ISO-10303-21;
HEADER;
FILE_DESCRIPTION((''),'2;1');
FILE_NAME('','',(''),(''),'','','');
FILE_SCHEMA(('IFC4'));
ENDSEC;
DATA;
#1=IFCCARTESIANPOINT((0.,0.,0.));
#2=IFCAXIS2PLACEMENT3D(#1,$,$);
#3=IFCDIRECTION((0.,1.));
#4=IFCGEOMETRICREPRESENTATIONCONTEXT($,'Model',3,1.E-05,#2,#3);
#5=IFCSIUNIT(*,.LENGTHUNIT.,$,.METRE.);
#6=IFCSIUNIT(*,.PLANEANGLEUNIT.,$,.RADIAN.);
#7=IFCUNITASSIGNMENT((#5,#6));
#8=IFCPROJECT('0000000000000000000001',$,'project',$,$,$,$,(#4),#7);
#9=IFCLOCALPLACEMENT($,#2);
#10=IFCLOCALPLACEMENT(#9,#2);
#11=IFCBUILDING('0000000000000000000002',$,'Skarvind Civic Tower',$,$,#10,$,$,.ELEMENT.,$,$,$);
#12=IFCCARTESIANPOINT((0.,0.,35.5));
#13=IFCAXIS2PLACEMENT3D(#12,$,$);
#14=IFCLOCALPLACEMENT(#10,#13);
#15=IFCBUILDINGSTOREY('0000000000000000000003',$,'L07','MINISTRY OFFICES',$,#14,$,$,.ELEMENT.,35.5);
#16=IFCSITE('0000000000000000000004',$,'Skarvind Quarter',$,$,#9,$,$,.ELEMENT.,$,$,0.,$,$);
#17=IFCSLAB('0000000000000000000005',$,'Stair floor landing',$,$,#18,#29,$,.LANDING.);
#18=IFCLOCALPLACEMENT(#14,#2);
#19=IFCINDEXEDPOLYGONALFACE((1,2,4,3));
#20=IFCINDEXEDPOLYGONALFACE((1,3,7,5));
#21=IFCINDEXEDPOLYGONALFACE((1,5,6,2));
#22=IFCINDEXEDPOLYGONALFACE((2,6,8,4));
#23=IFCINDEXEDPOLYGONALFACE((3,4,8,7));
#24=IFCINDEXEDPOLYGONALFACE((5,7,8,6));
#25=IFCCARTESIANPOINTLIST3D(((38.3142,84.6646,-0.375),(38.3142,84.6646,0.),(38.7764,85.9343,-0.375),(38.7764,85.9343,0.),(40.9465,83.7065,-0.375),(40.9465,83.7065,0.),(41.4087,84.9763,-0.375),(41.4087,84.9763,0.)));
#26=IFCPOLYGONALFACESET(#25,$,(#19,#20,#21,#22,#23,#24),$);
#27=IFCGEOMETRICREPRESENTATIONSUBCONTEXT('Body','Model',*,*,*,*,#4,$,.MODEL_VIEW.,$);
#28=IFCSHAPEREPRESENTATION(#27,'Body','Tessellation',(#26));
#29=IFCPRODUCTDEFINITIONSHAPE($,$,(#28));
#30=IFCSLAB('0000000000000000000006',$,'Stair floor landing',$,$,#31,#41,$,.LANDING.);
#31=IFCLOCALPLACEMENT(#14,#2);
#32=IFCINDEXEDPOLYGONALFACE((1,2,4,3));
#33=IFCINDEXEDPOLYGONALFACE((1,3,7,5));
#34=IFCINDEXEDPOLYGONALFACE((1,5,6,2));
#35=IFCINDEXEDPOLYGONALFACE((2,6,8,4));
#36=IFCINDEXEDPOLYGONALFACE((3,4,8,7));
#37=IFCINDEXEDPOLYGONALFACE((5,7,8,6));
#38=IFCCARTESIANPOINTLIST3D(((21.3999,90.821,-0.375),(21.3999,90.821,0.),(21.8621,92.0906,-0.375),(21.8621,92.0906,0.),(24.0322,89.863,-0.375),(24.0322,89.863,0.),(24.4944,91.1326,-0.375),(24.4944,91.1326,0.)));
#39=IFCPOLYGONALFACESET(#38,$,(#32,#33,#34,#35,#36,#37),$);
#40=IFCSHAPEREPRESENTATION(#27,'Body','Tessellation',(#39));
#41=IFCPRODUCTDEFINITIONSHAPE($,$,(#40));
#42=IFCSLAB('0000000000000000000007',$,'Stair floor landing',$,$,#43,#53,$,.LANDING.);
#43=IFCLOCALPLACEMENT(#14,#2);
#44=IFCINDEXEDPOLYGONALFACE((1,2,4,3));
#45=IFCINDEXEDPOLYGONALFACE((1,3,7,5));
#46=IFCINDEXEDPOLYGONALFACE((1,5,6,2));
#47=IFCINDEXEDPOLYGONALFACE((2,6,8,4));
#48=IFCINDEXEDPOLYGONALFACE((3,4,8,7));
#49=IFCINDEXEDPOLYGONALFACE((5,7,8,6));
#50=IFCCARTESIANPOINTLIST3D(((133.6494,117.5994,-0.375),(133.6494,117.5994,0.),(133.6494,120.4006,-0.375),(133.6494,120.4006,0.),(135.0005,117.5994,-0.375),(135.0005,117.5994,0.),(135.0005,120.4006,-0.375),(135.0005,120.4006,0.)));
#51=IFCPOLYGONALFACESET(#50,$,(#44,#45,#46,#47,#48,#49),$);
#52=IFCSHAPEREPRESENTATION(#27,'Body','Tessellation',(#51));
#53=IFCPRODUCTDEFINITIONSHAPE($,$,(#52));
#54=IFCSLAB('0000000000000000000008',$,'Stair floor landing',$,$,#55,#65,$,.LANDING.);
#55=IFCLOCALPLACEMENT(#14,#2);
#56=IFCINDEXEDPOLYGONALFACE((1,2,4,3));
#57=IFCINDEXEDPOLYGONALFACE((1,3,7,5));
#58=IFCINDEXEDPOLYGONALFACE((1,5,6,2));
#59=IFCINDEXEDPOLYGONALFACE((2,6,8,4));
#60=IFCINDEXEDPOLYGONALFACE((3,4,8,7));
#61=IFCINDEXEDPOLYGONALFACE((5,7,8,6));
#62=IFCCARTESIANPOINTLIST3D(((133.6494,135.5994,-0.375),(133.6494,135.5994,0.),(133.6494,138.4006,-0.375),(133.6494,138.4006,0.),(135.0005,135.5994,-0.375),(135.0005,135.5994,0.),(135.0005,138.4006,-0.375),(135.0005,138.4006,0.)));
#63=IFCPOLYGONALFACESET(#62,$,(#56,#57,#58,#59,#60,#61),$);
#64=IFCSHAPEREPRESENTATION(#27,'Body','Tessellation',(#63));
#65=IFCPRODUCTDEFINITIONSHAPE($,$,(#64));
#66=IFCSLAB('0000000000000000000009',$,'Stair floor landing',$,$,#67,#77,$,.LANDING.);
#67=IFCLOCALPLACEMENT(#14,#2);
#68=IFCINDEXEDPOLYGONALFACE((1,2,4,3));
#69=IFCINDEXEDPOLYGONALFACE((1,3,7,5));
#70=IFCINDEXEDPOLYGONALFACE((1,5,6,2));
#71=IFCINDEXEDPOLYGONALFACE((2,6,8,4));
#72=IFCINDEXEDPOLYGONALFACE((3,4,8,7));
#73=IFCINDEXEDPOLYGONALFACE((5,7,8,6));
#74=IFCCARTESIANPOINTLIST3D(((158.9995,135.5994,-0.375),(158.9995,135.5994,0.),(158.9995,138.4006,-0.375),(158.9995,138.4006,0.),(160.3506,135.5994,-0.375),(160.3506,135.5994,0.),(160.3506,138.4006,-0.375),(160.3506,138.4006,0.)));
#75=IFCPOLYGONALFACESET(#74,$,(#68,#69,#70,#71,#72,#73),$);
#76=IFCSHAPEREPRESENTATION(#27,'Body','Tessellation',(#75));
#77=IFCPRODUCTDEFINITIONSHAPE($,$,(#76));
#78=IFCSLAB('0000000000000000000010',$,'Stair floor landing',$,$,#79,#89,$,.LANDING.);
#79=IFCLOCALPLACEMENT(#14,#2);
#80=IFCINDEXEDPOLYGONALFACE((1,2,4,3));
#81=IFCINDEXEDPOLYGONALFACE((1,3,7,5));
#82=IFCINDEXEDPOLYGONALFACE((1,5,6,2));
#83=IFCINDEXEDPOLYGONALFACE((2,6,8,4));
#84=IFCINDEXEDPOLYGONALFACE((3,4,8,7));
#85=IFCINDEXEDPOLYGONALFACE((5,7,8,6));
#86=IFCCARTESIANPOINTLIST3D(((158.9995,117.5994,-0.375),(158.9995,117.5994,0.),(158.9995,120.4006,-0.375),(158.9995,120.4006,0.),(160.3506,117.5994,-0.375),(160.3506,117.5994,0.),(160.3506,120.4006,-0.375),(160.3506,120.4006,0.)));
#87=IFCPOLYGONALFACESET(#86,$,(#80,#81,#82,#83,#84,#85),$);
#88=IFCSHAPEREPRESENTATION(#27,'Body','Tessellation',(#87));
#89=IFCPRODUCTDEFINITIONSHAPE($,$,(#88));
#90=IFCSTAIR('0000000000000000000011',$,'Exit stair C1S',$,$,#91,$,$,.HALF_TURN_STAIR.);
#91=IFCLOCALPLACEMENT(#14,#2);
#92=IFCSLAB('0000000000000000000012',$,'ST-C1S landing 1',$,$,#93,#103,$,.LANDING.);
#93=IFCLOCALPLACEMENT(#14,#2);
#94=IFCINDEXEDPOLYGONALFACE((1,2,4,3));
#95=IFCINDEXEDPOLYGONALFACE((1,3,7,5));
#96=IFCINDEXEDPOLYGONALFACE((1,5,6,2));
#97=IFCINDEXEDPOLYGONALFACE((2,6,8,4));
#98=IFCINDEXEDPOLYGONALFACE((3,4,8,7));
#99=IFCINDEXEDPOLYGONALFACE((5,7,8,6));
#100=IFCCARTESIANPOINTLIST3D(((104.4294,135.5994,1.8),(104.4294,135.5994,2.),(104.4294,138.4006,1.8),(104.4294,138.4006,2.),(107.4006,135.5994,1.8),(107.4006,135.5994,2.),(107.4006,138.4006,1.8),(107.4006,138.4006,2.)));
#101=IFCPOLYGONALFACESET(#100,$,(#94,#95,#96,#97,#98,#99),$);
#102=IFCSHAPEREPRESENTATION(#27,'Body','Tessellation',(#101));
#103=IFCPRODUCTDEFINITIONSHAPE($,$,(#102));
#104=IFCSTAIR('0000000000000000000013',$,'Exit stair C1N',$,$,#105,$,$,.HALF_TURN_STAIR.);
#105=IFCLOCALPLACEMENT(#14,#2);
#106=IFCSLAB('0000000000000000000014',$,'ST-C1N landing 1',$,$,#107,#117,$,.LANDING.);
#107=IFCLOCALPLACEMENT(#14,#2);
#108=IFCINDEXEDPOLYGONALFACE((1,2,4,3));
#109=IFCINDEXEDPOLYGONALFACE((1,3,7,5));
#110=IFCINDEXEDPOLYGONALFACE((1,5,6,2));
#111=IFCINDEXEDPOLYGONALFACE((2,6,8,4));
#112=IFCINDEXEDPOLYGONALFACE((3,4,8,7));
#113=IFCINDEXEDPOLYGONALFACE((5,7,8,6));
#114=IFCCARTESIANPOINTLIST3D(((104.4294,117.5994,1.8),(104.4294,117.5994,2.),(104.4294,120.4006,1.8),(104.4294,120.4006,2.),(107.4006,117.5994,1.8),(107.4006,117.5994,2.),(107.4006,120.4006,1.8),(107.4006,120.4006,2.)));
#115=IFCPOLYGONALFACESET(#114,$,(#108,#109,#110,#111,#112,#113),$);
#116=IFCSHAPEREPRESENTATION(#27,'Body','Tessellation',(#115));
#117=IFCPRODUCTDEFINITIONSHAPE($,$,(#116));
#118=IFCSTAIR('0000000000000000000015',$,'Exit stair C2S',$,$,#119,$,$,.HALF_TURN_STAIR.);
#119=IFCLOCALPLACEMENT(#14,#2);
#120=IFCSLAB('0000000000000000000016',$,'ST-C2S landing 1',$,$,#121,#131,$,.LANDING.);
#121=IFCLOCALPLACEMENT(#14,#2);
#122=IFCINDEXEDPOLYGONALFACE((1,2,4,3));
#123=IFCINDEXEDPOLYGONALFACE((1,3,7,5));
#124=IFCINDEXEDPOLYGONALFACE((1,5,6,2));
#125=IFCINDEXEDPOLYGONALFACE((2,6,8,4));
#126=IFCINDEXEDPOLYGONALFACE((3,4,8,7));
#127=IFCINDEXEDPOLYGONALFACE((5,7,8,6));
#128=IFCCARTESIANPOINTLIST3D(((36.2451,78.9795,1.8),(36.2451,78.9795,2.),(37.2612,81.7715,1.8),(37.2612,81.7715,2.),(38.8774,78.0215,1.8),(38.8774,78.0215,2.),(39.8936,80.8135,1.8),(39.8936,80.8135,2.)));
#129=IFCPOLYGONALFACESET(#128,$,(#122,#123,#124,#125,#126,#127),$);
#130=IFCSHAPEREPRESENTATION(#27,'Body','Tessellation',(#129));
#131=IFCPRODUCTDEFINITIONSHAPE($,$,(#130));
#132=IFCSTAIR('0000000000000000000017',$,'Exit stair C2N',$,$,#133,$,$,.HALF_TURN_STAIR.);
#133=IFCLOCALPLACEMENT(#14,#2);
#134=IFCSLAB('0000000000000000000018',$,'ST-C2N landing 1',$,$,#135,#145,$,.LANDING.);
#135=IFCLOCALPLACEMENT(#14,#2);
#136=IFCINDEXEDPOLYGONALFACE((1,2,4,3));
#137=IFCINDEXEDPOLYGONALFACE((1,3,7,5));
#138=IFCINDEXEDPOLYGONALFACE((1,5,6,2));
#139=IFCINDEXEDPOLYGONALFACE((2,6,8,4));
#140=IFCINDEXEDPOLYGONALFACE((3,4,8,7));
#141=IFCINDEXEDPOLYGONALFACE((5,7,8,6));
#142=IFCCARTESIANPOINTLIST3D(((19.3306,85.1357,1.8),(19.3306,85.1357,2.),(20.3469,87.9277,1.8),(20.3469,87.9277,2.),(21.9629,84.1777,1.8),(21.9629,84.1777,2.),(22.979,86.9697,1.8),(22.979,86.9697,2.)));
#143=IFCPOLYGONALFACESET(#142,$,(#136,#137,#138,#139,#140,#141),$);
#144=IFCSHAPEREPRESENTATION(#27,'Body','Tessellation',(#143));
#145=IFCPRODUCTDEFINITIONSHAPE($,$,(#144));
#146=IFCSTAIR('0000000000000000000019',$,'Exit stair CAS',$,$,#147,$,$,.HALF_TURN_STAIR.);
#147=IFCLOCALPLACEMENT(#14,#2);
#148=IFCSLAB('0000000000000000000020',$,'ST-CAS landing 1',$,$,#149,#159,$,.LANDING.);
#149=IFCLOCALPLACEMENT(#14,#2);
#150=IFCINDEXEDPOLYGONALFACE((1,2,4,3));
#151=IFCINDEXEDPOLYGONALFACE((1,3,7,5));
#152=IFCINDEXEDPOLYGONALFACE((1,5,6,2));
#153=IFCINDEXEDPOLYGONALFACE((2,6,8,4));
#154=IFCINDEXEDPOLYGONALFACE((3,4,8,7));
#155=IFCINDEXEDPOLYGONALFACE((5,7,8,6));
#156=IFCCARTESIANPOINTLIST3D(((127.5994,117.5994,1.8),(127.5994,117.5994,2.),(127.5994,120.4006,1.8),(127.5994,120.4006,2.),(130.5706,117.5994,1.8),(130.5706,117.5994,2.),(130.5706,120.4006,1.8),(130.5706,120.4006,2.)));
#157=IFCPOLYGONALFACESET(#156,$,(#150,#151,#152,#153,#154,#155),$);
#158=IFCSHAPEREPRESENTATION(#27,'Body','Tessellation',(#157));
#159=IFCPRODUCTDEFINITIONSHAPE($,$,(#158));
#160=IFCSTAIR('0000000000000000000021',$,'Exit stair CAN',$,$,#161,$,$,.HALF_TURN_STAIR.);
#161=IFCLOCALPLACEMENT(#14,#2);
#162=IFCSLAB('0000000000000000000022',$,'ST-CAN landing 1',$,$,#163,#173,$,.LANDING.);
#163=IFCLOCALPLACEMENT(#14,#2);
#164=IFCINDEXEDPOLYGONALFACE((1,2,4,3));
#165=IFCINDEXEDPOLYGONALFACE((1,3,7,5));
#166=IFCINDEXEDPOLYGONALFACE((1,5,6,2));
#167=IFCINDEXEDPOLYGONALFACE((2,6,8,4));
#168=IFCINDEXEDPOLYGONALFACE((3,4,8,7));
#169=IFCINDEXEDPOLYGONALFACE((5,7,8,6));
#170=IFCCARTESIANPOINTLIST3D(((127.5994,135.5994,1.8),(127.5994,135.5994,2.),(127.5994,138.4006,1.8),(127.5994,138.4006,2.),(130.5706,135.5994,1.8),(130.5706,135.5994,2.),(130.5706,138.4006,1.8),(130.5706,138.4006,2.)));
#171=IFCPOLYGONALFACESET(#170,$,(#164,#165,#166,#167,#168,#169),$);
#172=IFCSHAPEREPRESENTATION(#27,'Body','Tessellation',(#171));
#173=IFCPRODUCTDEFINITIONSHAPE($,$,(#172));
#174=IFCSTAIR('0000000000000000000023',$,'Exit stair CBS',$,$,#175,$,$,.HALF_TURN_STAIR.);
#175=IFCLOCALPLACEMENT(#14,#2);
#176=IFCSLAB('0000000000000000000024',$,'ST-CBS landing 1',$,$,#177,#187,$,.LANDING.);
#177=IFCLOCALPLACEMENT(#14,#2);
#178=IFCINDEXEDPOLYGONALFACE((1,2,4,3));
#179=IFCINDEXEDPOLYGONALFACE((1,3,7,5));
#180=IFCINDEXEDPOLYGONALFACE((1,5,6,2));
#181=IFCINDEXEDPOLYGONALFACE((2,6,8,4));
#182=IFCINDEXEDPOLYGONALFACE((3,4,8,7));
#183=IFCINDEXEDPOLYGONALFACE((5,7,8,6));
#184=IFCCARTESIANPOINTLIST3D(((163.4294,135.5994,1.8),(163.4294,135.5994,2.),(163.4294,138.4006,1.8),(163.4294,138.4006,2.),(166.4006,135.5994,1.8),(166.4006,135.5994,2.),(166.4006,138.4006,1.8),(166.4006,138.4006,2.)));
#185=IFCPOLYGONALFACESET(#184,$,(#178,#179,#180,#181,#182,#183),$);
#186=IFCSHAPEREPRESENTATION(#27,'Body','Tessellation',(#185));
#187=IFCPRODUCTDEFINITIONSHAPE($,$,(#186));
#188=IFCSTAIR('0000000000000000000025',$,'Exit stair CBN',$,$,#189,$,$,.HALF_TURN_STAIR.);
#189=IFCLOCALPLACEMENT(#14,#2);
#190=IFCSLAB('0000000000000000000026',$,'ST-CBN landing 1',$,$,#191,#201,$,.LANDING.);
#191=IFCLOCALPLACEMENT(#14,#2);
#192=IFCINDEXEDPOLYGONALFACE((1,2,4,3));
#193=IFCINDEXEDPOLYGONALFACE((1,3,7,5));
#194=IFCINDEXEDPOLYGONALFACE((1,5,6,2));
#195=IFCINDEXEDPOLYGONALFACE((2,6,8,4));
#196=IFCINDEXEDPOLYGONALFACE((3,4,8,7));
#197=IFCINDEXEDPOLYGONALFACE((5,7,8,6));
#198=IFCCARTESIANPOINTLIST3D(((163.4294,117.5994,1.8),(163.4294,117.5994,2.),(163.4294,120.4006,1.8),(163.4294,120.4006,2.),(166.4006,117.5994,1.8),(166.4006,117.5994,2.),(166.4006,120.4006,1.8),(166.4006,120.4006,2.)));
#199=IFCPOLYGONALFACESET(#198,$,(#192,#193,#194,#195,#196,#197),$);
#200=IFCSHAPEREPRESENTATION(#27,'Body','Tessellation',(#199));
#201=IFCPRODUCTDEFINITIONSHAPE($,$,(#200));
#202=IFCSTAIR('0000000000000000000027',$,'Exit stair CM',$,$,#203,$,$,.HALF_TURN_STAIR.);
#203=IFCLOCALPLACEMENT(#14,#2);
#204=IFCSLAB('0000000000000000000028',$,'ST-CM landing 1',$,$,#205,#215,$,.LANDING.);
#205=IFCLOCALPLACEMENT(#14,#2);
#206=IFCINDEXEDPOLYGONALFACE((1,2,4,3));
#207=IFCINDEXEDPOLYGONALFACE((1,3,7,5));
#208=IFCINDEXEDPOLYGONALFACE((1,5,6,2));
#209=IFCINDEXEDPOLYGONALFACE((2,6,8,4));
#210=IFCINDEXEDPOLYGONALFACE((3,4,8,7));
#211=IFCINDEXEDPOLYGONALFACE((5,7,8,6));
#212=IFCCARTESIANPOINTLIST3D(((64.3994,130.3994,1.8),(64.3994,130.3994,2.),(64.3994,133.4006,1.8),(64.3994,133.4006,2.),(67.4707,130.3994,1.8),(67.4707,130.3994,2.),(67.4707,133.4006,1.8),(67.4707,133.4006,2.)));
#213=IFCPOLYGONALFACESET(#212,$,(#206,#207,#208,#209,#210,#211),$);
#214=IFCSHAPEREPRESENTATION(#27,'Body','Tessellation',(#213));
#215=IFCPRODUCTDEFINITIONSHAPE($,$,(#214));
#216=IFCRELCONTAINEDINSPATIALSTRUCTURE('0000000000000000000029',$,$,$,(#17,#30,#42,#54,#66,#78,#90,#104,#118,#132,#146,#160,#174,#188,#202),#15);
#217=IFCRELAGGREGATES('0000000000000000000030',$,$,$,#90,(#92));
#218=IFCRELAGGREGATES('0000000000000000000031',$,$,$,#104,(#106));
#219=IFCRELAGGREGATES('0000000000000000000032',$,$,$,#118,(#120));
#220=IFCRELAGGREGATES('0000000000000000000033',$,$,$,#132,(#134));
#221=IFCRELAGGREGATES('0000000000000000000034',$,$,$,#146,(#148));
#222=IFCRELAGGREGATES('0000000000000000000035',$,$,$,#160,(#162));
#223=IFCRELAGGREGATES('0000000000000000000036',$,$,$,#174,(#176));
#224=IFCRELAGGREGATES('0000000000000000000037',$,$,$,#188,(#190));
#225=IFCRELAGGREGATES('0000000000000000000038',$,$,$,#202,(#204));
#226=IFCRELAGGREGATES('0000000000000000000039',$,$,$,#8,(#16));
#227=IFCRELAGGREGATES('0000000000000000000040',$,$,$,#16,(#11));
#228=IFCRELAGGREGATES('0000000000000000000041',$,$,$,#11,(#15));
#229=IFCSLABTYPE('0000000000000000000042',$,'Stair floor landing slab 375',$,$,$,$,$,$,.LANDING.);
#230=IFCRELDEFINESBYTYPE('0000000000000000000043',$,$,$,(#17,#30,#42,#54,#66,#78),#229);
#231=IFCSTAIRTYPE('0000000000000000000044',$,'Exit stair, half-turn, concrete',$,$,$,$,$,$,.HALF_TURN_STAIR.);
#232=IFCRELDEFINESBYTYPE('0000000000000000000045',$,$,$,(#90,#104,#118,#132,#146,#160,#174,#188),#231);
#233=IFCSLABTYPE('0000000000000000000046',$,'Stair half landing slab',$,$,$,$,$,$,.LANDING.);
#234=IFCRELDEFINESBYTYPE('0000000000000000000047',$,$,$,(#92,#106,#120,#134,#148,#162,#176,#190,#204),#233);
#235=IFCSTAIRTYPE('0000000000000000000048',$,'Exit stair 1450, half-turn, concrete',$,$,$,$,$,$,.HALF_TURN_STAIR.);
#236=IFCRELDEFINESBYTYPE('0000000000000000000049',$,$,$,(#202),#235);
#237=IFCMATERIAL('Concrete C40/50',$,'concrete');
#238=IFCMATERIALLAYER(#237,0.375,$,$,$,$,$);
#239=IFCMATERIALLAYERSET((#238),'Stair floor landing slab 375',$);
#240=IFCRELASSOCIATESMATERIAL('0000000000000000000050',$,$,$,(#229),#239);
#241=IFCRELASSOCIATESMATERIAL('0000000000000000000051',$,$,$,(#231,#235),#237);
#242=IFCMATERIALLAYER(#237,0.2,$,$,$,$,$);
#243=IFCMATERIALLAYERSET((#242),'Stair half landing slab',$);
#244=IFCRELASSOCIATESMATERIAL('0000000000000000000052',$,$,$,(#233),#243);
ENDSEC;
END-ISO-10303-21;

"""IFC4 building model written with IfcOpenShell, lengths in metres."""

from ifc_helpers import new_model, si_unit, direction, frame, origin, place, context, subcontext, project, spatial, polyline, outline, extrude, material, layer, layer_set, type_object, element, aggregate, save


model = new_model("IFC4")

# Units and contexts
model_context = context("Model", 3, precision=1e-05, world=origin(), true_north=direction((0.0, 1.0)))
body_context = subcontext(model_context, "Body", "Model", "MODEL_VIEW")
ifc_project = project(units=[si_unit("LENGTHUNIT", "METRE"), si_unit("PLANEANGLEUNIT", "RADIAN")], contexts=[model_context])

# Site, building, storey
site_placement = place(None, origin())
site = spatial("IfcSite", under=ifc_project, at=site_placement, Name="Skarvind Quarter", CompositionType="ELEMENT", RefElevation=0.0)
building_placement = place(site_placement, origin())
building = spatial("IfcBuilding", under=site, at=building_placement, Name="Skarvind Civic Tower", CompositionType="ELEMENT")
storey_placement = place(building_placement, frame((0.0, 0.0, 35.5)))
storey = spatial("IfcBuildingStorey", under=building, at=storey_placement, Name="L07", Description="MINISTRY OFFICES", CompositionType="ELEMENT", Elevation=35.5)

# Slabs
ifc_material_1 = material(Name="Concrete C40/50", Category="concrete")
ifc_layer_1 = layer(ifc_material_1, 0.375)
ifc_layer_set_1 = layer_set([ifc_layer_1], Name="Stair floor landing slab 375")
slab_type_1 = type_object("IfcSlabType", Name="Stair floor landing slab 375", PredefinedType="LANDING", material=ifc_layer_set_1)
slab_1_placement = place(storey_placement, frame((0.0, 0.0, -0.375)))
element("IfcSlab", 1, at=slab_1_placement, inside=storey, type_object=slab_type_1, Name="Stair floor landing", PredefinedType="LANDING", context=body_context, shape_type="SweptSolid", body=[
    extrude(outline(polyline([(40.9465, 83.7065), (38.3142, 84.6646), (38.7764, 85.9343), (41.4087, 84.9763), (40.9465, 83.7065)])), origin(), (0.0, 0.0, 1.0), 0.375),
])
slab_2_placement = place(storey_placement, frame((0.0, 0.0, -0.375)))
element("IfcSlab", 2, at=slab_2_placement, inside=storey, type_object=slab_type_1, Name="Stair floor landing", PredefinedType="LANDING", context=body_context, shape_type="SweptSolid", body=[
    extrude(outline(polyline([(24.0322, 89.863), (21.3999, 90.821), (21.8621, 92.0906), (24.4944, 91.1326), (24.0322, 89.863)])), origin(), (0.0, 0.0, 1.0), 0.375),
])
slab_3_placement = place(storey_placement, frame((0.0, 0.0, -0.375)))
element("IfcSlab", 3, at=slab_3_placement, inside=storey, type_object=slab_type_1, Name="Stair floor landing", PredefinedType="LANDING", context=body_context, shape_type="SweptSolid", body=[
    extrude(outline(polyline([(133.6494, 117.5994), (133.6494, 120.4006), (135.0005, 120.4006), (135.0005, 117.5994), (133.6494, 117.5994)])), origin(), (0.0, 0.0, 1.0), 0.375),
])
slab_4_placement = place(storey_placement, frame((0.0, 0.0, -0.375)))
element("IfcSlab", 4, at=slab_4_placement, inside=storey, type_object=slab_type_1, Name="Stair floor landing", PredefinedType="LANDING", context=body_context, shape_type="SweptSolid", body=[
    extrude(outline(polyline([(133.6494, 135.5994), (133.6494, 138.4006), (135.0005, 138.4006), (135.0005, 135.5994), (133.6494, 135.5994)])), origin(), (0.0, 0.0, 1.0), 0.375),
])
slab_5_placement = place(storey_placement, frame((0.0, 0.0, -0.375)))
element("IfcSlab", 5, at=slab_5_placement, inside=storey, type_object=slab_type_1, Name="Stair floor landing", PredefinedType="LANDING", context=body_context, shape_type="SweptSolid", body=[
    extrude(outline(polyline([(160.3506, 138.4006), (160.3506, 135.5994), (158.9995, 135.5994), (158.9995, 138.4006), (160.3506, 138.4006)])), origin(), (0.0, 0.0, 1.0), 0.375),
])
slab_6_placement = place(storey_placement, frame((0.0, 0.0, -0.375)))
element("IfcSlab", 6, at=slab_6_placement, inside=storey, type_object=slab_type_1, Name="Stair floor landing", PredefinedType="LANDING", context=body_context, shape_type="SweptSolid", body=[
    extrude(outline(polyline([(160.3506, 120.4006), (160.3506, 117.5994), (158.9995, 117.5994), (158.9995, 120.4006), (160.3506, 120.4006)])), origin(), (0.0, 0.0, 1.0), 0.375),
])

# Stairs, slabs
stair_type_1 = type_object("IfcStairType", Name="Exit stair, half-turn, concrete", PredefinedType="HALF_TURN_STAIR", material=ifc_material_1)
stair_1_placement = place(storey_placement, origin())
stair_1 = element("IfcStair", 7, at=stair_1_placement, inside=storey, type_object=stair_type_1, Name="Exit stair C1S", PredefinedType="HALF_TURN_STAIR")
ifc_layer_2 = layer(ifc_material_1, 0.2)
ifc_layer_set_2 = layer_set([ifc_layer_2], Name="Stair half landing slab")
slab_type_2 = type_object("IfcSlabType", Name="Stair half landing slab", PredefinedType="LANDING", material=ifc_layer_set_2)
slab_7_placement = place(storey_placement, frame((0.0, 0.0, 1.8)))
slab_7 = element("IfcSlab", 8, at=slab_7_placement, type_object=slab_type_2, Name="ST-C1S landing 1", PredefinedType="LANDING", context=body_context, shape_type="SweptSolid", body=[
    extrude(outline(polyline([(104.4294, 135.5994), (104.4294, 138.4006), (107.4006, 138.4006), (107.4006, 135.5994), (104.4294, 135.5994)])), origin(), (0.0, 0.0, 1.0), 0.2),
])
aggregate(stair_1, [slab_7])
stair_2_placement = place(storey_placement, origin())
stair_2 = element("IfcStair", 9, at=stair_2_placement, inside=storey, type_object=stair_type_1, Name="Exit stair C1N", PredefinedType="HALF_TURN_STAIR")
slab_8_placement = place(storey_placement, frame((0.0, 0.0, 1.8)))
slab_8 = element("IfcSlab", 10, at=slab_8_placement, type_object=slab_type_2, Name="ST-C1N landing 1", PredefinedType="LANDING", context=body_context, shape_type="SweptSolid", body=[
    extrude(outline(polyline([(104.4294, 117.5994), (104.4294, 120.4006), (107.4006, 120.4006), (107.4006, 117.5994), (104.4294, 117.5994)])), origin(), (0.0, 0.0, 1.0), 0.2),
])
aggregate(stair_2, [slab_8])
stair_3_placement = place(storey_placement, origin())
stair_3 = element("IfcStair", 11, at=stair_3_placement, inside=storey, type_object=stair_type_1, Name="Exit stair C2S", PredefinedType="HALF_TURN_STAIR")
slab_9_placement = place(storey_placement, frame((0.0, 0.0, 1.8)))
slab_9 = element("IfcSlab", 12, at=slab_9_placement, type_object=slab_type_2, Name="ST-C2S landing 1", PredefinedType="LANDING", context=body_context, shape_type="SweptSolid", body=[
    extrude(outline(polyline([(37.2612, 81.7715), (39.8936, 80.8135), (38.8774, 78.0215), (36.2451, 78.9795), (37.2612, 81.7715)])), origin(), (0.0, 0.0, 1.0), 0.2),
])
aggregate(stair_3, [slab_9])
stair_4_placement = place(storey_placement, origin())
stair_4 = element("IfcStair", 13, at=stair_4_placement, inside=storey, type_object=stair_type_1, Name="Exit stair C2N", PredefinedType="HALF_TURN_STAIR")
slab_10_placement = place(storey_placement, frame((0.0, 0.0, 1.8)))
slab_10 = element("IfcSlab", 14, at=slab_10_placement, type_object=slab_type_2, Name="ST-C2N landing 1", PredefinedType="LANDING", context=body_context, shape_type="SweptSolid", body=[
    extrude(outline(polyline([(20.3469, 87.9277), (22.979, 86.9697), (21.9629, 84.1777), (19.3306, 85.1357), (20.3469, 87.9277)])), origin(), (0.0, 0.0, 1.0), 0.2),
])
aggregate(stair_4, [slab_10])
stair_5_placement = place(storey_placement, origin())
stair_5 = element("IfcStair", 15, at=stair_5_placement, inside=storey, type_object=stair_type_1, Name="Exit stair CAS", PredefinedType="HALF_TURN_STAIR")
slab_11_placement = place(storey_placement, frame((0.0, 0.0, 1.8)))
slab_11 = element("IfcSlab", 16, at=slab_11_placement, type_object=slab_type_2, Name="ST-CAS landing 1", PredefinedType="LANDING", context=body_context, shape_type="SweptSolid", body=[
    extrude(outline(polyline([(130.5706, 120.4006), (130.5706, 117.5994), (127.5994, 117.5994), (127.5994, 120.4006), (130.5706, 120.4006)])), origin(), (0.0, 0.0, 1.0), 0.2),
])
aggregate(stair_5, [slab_11])
stair_6_placement = place(storey_placement, origin())
stair_6 = element("IfcStair", 17, at=stair_6_placement, inside=storey, type_object=stair_type_1, Name="Exit stair CAN", PredefinedType="HALF_TURN_STAIR")
slab_12_placement = place(storey_placement, frame((0.0, 0.0, 1.8)))
slab_12 = element("IfcSlab", 18, at=slab_12_placement, type_object=slab_type_2, Name="ST-CAN landing 1", PredefinedType="LANDING", context=body_context, shape_type="SweptSolid", body=[
    extrude(outline(polyline([(130.5706, 138.4006), (130.5706, 135.5994), (127.5994, 135.5994), (127.5994, 138.4006), (130.5706, 138.4006)])), origin(), (0.0, 0.0, 1.0), 0.2),
])
aggregate(stair_6, [slab_12])
stair_7_placement = place(storey_placement, origin())
stair_7 = element("IfcStair", 19, at=stair_7_placement, inside=storey, type_object=stair_type_1, Name="Exit stair CBS", PredefinedType="HALF_TURN_STAIR")
slab_13_placement = place(storey_placement, frame((0.0, 0.0, 1.8)))
slab_13 = element("IfcSlab", 20, at=slab_13_placement, type_object=slab_type_2, Name="ST-CBS landing 1", PredefinedType="LANDING", context=body_context, shape_type="SweptSolid", body=[
    extrude(outline(polyline([(163.4294, 135.5994), (163.4294, 138.4006), (166.4006, 138.4006), (166.4006, 135.5994), (163.4294, 135.5994)])), origin(), (0.0, 0.0, 1.0), 0.2),
])
aggregate(stair_7, [slab_13])
stair_8_placement = place(storey_placement, origin())
stair_8 = element("IfcStair", 21, at=stair_8_placement, inside=storey, type_object=stair_type_1, Name="Exit stair CBN", PredefinedType="HALF_TURN_STAIR")
slab_14_placement = place(storey_placement, frame((0.0, 0.0, 1.8)))
slab_14 = element("IfcSlab", 22, at=slab_14_placement, type_object=slab_type_2, Name="ST-CBN landing 1", PredefinedType="LANDING", context=body_context, shape_type="SweptSolid", body=[
    extrude(outline(polyline([(163.4294, 117.5994), (163.4294, 120.4006), (166.4006, 120.4006), (166.4006, 117.5994), (163.4294, 117.5994)])), origin(), (0.0, 0.0, 1.0), 0.2),
])
aggregate(stair_8, [slab_14])
stair_type_2 = type_object("IfcStairType", Name="Exit stair 1450, half-turn, concrete", PredefinedType="HALF_TURN_STAIR", material=ifc_material_1)
stair_9_placement = place(storey_placement, origin())
stair_9 = element("IfcStair", 23, at=stair_9_placement, inside=storey, type_object=stair_type_2, Name="Exit stair CM", PredefinedType="HALF_TURN_STAIR")
slab_15_placement = place(storey_placement, frame((0.0, 0.0, 1.8)))
slab_15 = element("IfcSlab", 24, at=slab_15_placement, type_object=slab_type_2, Name="ST-CM landing 1", PredefinedType="LANDING", context=body_context, shape_type="SweptSolid", body=[
    extrude(outline(polyline([(67.4707, 133.4006), (67.4707, 130.3994), (64.3994, 130.3994), (64.3994, 133.4006), (67.4707, 133.4006)])), origin(), (0.0, 0.0, 1.0), 0.2),
])
aggregate(stair_9, [slab_15])

save(model, "model.ifc")
